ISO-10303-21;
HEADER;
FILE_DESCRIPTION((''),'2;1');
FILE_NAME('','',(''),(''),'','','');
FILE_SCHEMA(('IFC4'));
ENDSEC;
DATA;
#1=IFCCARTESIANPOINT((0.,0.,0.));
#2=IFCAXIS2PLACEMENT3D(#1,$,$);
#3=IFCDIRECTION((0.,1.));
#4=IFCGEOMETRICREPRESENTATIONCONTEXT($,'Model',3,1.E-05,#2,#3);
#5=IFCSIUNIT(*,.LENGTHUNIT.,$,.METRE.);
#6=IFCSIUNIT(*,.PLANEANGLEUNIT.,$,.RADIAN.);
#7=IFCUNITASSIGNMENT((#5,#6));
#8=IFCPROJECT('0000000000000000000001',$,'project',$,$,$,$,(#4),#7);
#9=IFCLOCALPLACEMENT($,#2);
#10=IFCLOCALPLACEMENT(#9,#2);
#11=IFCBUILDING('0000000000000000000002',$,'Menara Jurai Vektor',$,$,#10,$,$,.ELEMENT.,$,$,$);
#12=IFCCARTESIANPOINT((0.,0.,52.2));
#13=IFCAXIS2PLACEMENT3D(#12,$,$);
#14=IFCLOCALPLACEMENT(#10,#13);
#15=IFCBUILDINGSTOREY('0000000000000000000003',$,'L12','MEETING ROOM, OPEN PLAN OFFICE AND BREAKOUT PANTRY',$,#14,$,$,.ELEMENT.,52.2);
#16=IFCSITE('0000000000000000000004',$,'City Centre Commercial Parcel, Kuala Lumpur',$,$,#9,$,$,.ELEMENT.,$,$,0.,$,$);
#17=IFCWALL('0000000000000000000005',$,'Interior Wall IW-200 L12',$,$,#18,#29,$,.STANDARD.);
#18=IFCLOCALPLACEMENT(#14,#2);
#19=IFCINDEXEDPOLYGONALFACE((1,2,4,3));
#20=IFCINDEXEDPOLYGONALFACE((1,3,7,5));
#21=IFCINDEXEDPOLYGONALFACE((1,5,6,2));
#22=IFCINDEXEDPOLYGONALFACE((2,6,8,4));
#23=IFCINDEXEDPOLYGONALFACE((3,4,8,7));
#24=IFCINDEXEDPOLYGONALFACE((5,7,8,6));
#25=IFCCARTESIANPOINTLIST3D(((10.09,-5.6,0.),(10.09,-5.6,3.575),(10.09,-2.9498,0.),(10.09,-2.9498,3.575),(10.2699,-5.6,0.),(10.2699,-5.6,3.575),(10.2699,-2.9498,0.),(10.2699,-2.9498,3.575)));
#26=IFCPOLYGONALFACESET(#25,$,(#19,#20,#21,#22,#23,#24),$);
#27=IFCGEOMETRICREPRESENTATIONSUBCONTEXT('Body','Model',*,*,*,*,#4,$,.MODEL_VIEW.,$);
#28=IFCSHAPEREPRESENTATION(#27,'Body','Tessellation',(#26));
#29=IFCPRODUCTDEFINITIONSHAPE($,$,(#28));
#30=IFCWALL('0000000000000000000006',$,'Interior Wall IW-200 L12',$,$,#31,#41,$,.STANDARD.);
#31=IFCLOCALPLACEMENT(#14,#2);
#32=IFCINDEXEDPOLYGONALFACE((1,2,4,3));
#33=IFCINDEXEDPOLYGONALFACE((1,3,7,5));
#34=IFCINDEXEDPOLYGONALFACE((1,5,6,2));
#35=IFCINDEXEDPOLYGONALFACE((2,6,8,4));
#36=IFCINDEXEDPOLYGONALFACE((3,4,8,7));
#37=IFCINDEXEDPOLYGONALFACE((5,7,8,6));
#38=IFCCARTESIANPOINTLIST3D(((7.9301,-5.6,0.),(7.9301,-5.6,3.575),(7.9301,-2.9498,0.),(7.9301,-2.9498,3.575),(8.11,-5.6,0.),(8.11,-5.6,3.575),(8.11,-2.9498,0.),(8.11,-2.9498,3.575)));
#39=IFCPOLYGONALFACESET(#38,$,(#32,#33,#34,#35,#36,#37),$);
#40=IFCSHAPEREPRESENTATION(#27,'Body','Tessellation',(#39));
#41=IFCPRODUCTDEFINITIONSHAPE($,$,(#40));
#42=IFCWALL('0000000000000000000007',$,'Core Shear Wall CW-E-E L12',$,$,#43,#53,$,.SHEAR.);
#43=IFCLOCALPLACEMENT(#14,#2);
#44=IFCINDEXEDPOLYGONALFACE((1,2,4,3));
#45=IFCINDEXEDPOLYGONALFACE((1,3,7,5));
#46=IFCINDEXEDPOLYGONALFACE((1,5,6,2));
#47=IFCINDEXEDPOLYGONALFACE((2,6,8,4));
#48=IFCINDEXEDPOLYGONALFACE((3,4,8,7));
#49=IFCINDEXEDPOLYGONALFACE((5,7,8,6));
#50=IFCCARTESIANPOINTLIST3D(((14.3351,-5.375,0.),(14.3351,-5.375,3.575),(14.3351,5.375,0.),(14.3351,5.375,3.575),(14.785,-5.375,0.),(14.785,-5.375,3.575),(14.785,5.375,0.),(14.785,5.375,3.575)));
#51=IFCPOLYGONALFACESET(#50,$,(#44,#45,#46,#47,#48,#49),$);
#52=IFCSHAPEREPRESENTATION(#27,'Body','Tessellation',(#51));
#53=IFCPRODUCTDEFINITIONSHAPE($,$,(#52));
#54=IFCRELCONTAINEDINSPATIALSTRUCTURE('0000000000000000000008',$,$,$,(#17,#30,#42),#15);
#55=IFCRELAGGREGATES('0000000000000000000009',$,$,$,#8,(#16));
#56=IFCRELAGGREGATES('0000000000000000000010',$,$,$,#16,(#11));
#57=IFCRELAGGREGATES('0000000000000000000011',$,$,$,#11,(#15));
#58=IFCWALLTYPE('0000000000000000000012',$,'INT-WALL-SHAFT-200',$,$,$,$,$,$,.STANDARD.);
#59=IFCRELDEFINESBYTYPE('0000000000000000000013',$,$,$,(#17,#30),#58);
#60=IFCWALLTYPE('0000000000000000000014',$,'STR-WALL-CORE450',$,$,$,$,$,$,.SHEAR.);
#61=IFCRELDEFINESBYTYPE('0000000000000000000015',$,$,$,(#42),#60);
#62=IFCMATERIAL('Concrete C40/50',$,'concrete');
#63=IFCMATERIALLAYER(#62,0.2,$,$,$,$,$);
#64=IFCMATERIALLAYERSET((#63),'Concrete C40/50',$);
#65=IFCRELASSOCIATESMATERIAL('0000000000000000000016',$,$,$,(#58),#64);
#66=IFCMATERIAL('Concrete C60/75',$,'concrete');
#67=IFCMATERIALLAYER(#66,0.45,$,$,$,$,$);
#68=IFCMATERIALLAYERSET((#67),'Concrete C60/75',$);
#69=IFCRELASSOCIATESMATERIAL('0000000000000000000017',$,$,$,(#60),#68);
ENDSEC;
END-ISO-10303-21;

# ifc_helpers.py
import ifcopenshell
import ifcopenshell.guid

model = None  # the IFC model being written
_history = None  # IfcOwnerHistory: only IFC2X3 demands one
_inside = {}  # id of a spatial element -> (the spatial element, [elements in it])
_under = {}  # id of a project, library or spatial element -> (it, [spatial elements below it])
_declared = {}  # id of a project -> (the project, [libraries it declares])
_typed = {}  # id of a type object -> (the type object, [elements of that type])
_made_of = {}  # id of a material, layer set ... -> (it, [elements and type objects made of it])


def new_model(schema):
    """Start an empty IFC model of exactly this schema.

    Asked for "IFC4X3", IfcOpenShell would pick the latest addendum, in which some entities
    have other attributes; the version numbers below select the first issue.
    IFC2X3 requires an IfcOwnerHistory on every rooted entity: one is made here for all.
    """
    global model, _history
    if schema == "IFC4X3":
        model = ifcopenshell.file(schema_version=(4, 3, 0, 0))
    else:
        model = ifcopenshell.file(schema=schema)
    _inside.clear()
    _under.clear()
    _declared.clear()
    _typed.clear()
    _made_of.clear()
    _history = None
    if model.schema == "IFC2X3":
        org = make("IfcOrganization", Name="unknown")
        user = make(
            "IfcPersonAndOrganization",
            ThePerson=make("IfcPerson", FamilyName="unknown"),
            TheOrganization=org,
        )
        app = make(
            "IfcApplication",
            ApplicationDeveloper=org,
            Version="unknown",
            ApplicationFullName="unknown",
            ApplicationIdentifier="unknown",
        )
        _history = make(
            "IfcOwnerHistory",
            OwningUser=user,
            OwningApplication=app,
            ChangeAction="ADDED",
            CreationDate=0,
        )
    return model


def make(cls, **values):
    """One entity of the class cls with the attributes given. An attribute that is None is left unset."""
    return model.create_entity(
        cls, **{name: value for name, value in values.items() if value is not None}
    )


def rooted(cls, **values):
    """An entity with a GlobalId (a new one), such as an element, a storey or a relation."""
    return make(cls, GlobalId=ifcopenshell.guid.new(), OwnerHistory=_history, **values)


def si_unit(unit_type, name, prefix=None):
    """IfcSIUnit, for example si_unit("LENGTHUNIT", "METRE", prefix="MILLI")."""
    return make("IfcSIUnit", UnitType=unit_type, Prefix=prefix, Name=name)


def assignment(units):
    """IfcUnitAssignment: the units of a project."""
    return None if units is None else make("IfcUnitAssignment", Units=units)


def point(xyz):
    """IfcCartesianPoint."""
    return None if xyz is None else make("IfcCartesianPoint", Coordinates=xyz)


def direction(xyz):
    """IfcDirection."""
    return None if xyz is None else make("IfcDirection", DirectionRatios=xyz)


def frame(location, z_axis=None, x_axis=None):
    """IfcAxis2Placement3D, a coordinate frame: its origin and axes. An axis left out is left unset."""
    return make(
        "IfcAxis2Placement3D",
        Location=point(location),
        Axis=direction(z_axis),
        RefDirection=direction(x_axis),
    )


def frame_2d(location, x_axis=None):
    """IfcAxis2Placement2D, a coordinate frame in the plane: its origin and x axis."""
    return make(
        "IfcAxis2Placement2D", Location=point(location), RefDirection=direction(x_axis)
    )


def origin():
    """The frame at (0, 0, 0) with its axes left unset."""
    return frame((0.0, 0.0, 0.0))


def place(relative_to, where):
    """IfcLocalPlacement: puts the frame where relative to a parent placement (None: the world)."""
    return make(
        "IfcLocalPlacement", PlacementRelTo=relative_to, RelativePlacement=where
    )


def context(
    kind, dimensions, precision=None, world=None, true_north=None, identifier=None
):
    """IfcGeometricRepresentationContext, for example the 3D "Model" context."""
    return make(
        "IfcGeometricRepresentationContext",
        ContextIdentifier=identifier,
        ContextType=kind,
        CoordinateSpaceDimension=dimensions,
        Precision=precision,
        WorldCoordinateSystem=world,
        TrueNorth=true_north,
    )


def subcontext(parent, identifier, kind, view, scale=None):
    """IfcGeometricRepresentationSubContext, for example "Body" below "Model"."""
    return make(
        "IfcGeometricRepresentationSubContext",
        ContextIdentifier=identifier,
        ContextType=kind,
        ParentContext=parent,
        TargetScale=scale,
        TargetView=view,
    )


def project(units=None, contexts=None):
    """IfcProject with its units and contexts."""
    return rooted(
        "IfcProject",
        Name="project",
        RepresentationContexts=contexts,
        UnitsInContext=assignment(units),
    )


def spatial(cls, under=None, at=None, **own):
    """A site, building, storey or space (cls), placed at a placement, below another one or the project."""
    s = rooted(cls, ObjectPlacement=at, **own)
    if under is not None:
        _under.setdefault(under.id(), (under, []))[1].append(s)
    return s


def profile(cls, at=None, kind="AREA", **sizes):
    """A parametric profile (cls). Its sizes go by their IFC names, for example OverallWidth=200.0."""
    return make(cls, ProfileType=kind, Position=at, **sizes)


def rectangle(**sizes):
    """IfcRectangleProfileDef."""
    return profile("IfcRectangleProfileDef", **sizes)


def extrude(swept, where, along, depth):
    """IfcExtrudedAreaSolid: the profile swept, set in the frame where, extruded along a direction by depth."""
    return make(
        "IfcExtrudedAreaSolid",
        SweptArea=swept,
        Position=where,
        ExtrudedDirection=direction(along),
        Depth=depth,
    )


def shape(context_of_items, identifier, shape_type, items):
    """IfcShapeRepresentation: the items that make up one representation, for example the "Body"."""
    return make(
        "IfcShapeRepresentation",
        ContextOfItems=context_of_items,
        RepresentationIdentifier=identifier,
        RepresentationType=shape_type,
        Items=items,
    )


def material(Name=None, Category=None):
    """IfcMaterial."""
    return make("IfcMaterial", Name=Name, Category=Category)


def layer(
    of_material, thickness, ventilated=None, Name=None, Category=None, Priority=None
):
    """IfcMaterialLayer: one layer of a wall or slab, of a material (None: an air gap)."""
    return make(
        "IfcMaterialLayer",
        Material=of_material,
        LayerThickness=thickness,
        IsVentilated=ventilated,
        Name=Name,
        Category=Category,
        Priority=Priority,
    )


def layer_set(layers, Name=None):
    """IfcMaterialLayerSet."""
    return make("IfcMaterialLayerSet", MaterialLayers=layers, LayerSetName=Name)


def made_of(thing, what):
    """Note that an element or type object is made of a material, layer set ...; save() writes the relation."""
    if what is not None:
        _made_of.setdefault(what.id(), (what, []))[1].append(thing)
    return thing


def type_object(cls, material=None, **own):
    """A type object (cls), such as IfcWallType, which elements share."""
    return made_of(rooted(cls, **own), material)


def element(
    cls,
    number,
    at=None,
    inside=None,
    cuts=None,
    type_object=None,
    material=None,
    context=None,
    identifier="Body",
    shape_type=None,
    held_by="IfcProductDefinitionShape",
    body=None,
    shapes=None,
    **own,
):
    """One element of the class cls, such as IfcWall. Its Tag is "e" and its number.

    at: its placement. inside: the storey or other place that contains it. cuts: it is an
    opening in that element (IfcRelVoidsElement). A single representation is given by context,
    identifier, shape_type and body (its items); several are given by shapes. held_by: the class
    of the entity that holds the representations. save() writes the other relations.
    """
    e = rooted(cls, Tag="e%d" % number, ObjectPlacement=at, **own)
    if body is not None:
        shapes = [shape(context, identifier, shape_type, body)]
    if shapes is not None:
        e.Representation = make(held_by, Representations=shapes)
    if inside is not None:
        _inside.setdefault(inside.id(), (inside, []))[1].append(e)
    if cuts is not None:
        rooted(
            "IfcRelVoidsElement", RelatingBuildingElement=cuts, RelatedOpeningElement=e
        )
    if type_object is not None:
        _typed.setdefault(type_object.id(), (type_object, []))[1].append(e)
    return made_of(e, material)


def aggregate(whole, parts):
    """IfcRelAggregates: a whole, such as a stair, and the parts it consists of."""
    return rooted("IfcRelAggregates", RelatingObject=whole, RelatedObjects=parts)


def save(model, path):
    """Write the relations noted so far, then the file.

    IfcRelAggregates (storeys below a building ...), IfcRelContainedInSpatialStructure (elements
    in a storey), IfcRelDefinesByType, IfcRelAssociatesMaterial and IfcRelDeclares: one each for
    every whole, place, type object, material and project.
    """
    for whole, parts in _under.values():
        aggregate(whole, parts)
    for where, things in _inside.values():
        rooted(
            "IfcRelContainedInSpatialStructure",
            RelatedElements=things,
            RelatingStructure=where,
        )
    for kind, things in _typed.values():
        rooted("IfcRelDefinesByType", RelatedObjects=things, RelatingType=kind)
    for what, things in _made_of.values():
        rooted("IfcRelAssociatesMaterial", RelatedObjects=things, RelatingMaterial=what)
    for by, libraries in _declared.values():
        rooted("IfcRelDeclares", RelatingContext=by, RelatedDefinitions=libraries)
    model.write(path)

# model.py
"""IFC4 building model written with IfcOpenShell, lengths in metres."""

from ifc_helpers import new_model, si_unit, direction, frame, frame_2d, origin, place, context, subcontext, project, spatial, rectangle, extrude, material, layer, layer_set, type_object, element, save


model = new_model("IFC4")

# Units and contexts
model_context = context("Model", 3, precision=1e-05, world=origin(), true_north=direction((0.0, 1.0)))
body_context = subcontext(model_context, "Body", "Model", "MODEL_VIEW")
ifc_project = project(units=[si_unit("LENGTHUNIT", "METRE"), si_unit("PLANEANGLEUNIT", "RADIAN")], contexts=[model_context])

# Site, building, storey
site_placement = place(None, origin())
site = spatial("IfcSite", under=ifc_project, at=site_placement, Name="City Centre Commercial Parcel, Kuala Lumpur", CompositionType="ELEMENT", RefElevation=0.0)
building_placement = place(site_placement, origin())
building = spatial("IfcBuilding", under=site, at=building_placement, Name="Menara Jurai Vektor", CompositionType="ELEMENT")
storey_placement = place(building_placement, frame((0.0, 0.0, 52.2)))
storey = spatial("IfcBuildingStorey", under=building, at=storey_placement, Name="L12", Description="MEETING ROOM, OPEN PLAN OFFICE AND BREAKOUT PANTRY", CompositionType="ELEMENT", Elevation=52.2)

# Shared definitions
ifc_material_1 = material(Name="Concrete C60/75", Category="concrete")

# Shared definitions
ifc_material_2 = material(Name="Concrete C40/50", Category="concrete")

# Shared definitions
ifc_layer_1 = layer(ifc_material_2, 0.2)
ifc_layer_set_1 = layer_set([ifc_layer_1], Name="Concrete C40/50")
wall_type_1 = type_object("IfcWallType", Name="INT-WALL-SHAFT-200", PredefinedType="STANDARD", material=ifc_layer_set_1)

# Walls
for number, where, z_axis, x_axis, name in (
    (1, (10.1799, -5.6001, 0.0), (0.0, 0.0, 1.0), (0.0, 1.0, 0.0), "Interior Wall IW-200 L12"),
    (2, (8.02, -5.6001, 0.0), (0.0, 0.0, 1.0), (0.0, 1.0, 0.0), "Interior Wall IW-200 L12"),
):
    element("IfcWall", number, at=place(storey_placement, frame(where, z_axis=z_axis, x_axis=x_axis)), inside=storey, type_object=wall_type_1, Name=name, PredefinedType="STANDARD", context=body_context, shape_type="SweptSolid", body=[
        extrude(rectangle(XDim=2.6501, YDim=0.1799, at=frame_2d((1.3252, 0.0))), origin(), (0.0, 0.0, 1.0), 3.575),
    ])
ifc_layer_2 = layer(ifc_material_1, 0.45)
ifc_layer_set_2 = layer_set([ifc_layer_2], Name="Concrete C60/75")
wall_type_2 = type_object("IfcWallType", Name="STR-WALL-CORE450", PredefinedType="SHEAR", material=ifc_layer_set_2)
wall_1_placement = place(storey_placement, frame((14.5601, -5.375, 0.0), z_axis=(0.0, 0.0, 1.0), x_axis=(0.0, 1.0, 0.0)))
element("IfcWall", 3, at=wall_1_placement, inside=storey, type_object=wall_type_2, Name="Core Shear Wall CW-E-E L12", PredefinedType="SHEAR", context=body_context, shape_type="SweptSolid", body=[
    extrude(rectangle(XDim=10.75, YDim=0.45, at=frame_2d((5.375, 0.0))), origin(), (0.0, 0.0, 1.0), 3.575),
])

save(model, "model.ifc")
